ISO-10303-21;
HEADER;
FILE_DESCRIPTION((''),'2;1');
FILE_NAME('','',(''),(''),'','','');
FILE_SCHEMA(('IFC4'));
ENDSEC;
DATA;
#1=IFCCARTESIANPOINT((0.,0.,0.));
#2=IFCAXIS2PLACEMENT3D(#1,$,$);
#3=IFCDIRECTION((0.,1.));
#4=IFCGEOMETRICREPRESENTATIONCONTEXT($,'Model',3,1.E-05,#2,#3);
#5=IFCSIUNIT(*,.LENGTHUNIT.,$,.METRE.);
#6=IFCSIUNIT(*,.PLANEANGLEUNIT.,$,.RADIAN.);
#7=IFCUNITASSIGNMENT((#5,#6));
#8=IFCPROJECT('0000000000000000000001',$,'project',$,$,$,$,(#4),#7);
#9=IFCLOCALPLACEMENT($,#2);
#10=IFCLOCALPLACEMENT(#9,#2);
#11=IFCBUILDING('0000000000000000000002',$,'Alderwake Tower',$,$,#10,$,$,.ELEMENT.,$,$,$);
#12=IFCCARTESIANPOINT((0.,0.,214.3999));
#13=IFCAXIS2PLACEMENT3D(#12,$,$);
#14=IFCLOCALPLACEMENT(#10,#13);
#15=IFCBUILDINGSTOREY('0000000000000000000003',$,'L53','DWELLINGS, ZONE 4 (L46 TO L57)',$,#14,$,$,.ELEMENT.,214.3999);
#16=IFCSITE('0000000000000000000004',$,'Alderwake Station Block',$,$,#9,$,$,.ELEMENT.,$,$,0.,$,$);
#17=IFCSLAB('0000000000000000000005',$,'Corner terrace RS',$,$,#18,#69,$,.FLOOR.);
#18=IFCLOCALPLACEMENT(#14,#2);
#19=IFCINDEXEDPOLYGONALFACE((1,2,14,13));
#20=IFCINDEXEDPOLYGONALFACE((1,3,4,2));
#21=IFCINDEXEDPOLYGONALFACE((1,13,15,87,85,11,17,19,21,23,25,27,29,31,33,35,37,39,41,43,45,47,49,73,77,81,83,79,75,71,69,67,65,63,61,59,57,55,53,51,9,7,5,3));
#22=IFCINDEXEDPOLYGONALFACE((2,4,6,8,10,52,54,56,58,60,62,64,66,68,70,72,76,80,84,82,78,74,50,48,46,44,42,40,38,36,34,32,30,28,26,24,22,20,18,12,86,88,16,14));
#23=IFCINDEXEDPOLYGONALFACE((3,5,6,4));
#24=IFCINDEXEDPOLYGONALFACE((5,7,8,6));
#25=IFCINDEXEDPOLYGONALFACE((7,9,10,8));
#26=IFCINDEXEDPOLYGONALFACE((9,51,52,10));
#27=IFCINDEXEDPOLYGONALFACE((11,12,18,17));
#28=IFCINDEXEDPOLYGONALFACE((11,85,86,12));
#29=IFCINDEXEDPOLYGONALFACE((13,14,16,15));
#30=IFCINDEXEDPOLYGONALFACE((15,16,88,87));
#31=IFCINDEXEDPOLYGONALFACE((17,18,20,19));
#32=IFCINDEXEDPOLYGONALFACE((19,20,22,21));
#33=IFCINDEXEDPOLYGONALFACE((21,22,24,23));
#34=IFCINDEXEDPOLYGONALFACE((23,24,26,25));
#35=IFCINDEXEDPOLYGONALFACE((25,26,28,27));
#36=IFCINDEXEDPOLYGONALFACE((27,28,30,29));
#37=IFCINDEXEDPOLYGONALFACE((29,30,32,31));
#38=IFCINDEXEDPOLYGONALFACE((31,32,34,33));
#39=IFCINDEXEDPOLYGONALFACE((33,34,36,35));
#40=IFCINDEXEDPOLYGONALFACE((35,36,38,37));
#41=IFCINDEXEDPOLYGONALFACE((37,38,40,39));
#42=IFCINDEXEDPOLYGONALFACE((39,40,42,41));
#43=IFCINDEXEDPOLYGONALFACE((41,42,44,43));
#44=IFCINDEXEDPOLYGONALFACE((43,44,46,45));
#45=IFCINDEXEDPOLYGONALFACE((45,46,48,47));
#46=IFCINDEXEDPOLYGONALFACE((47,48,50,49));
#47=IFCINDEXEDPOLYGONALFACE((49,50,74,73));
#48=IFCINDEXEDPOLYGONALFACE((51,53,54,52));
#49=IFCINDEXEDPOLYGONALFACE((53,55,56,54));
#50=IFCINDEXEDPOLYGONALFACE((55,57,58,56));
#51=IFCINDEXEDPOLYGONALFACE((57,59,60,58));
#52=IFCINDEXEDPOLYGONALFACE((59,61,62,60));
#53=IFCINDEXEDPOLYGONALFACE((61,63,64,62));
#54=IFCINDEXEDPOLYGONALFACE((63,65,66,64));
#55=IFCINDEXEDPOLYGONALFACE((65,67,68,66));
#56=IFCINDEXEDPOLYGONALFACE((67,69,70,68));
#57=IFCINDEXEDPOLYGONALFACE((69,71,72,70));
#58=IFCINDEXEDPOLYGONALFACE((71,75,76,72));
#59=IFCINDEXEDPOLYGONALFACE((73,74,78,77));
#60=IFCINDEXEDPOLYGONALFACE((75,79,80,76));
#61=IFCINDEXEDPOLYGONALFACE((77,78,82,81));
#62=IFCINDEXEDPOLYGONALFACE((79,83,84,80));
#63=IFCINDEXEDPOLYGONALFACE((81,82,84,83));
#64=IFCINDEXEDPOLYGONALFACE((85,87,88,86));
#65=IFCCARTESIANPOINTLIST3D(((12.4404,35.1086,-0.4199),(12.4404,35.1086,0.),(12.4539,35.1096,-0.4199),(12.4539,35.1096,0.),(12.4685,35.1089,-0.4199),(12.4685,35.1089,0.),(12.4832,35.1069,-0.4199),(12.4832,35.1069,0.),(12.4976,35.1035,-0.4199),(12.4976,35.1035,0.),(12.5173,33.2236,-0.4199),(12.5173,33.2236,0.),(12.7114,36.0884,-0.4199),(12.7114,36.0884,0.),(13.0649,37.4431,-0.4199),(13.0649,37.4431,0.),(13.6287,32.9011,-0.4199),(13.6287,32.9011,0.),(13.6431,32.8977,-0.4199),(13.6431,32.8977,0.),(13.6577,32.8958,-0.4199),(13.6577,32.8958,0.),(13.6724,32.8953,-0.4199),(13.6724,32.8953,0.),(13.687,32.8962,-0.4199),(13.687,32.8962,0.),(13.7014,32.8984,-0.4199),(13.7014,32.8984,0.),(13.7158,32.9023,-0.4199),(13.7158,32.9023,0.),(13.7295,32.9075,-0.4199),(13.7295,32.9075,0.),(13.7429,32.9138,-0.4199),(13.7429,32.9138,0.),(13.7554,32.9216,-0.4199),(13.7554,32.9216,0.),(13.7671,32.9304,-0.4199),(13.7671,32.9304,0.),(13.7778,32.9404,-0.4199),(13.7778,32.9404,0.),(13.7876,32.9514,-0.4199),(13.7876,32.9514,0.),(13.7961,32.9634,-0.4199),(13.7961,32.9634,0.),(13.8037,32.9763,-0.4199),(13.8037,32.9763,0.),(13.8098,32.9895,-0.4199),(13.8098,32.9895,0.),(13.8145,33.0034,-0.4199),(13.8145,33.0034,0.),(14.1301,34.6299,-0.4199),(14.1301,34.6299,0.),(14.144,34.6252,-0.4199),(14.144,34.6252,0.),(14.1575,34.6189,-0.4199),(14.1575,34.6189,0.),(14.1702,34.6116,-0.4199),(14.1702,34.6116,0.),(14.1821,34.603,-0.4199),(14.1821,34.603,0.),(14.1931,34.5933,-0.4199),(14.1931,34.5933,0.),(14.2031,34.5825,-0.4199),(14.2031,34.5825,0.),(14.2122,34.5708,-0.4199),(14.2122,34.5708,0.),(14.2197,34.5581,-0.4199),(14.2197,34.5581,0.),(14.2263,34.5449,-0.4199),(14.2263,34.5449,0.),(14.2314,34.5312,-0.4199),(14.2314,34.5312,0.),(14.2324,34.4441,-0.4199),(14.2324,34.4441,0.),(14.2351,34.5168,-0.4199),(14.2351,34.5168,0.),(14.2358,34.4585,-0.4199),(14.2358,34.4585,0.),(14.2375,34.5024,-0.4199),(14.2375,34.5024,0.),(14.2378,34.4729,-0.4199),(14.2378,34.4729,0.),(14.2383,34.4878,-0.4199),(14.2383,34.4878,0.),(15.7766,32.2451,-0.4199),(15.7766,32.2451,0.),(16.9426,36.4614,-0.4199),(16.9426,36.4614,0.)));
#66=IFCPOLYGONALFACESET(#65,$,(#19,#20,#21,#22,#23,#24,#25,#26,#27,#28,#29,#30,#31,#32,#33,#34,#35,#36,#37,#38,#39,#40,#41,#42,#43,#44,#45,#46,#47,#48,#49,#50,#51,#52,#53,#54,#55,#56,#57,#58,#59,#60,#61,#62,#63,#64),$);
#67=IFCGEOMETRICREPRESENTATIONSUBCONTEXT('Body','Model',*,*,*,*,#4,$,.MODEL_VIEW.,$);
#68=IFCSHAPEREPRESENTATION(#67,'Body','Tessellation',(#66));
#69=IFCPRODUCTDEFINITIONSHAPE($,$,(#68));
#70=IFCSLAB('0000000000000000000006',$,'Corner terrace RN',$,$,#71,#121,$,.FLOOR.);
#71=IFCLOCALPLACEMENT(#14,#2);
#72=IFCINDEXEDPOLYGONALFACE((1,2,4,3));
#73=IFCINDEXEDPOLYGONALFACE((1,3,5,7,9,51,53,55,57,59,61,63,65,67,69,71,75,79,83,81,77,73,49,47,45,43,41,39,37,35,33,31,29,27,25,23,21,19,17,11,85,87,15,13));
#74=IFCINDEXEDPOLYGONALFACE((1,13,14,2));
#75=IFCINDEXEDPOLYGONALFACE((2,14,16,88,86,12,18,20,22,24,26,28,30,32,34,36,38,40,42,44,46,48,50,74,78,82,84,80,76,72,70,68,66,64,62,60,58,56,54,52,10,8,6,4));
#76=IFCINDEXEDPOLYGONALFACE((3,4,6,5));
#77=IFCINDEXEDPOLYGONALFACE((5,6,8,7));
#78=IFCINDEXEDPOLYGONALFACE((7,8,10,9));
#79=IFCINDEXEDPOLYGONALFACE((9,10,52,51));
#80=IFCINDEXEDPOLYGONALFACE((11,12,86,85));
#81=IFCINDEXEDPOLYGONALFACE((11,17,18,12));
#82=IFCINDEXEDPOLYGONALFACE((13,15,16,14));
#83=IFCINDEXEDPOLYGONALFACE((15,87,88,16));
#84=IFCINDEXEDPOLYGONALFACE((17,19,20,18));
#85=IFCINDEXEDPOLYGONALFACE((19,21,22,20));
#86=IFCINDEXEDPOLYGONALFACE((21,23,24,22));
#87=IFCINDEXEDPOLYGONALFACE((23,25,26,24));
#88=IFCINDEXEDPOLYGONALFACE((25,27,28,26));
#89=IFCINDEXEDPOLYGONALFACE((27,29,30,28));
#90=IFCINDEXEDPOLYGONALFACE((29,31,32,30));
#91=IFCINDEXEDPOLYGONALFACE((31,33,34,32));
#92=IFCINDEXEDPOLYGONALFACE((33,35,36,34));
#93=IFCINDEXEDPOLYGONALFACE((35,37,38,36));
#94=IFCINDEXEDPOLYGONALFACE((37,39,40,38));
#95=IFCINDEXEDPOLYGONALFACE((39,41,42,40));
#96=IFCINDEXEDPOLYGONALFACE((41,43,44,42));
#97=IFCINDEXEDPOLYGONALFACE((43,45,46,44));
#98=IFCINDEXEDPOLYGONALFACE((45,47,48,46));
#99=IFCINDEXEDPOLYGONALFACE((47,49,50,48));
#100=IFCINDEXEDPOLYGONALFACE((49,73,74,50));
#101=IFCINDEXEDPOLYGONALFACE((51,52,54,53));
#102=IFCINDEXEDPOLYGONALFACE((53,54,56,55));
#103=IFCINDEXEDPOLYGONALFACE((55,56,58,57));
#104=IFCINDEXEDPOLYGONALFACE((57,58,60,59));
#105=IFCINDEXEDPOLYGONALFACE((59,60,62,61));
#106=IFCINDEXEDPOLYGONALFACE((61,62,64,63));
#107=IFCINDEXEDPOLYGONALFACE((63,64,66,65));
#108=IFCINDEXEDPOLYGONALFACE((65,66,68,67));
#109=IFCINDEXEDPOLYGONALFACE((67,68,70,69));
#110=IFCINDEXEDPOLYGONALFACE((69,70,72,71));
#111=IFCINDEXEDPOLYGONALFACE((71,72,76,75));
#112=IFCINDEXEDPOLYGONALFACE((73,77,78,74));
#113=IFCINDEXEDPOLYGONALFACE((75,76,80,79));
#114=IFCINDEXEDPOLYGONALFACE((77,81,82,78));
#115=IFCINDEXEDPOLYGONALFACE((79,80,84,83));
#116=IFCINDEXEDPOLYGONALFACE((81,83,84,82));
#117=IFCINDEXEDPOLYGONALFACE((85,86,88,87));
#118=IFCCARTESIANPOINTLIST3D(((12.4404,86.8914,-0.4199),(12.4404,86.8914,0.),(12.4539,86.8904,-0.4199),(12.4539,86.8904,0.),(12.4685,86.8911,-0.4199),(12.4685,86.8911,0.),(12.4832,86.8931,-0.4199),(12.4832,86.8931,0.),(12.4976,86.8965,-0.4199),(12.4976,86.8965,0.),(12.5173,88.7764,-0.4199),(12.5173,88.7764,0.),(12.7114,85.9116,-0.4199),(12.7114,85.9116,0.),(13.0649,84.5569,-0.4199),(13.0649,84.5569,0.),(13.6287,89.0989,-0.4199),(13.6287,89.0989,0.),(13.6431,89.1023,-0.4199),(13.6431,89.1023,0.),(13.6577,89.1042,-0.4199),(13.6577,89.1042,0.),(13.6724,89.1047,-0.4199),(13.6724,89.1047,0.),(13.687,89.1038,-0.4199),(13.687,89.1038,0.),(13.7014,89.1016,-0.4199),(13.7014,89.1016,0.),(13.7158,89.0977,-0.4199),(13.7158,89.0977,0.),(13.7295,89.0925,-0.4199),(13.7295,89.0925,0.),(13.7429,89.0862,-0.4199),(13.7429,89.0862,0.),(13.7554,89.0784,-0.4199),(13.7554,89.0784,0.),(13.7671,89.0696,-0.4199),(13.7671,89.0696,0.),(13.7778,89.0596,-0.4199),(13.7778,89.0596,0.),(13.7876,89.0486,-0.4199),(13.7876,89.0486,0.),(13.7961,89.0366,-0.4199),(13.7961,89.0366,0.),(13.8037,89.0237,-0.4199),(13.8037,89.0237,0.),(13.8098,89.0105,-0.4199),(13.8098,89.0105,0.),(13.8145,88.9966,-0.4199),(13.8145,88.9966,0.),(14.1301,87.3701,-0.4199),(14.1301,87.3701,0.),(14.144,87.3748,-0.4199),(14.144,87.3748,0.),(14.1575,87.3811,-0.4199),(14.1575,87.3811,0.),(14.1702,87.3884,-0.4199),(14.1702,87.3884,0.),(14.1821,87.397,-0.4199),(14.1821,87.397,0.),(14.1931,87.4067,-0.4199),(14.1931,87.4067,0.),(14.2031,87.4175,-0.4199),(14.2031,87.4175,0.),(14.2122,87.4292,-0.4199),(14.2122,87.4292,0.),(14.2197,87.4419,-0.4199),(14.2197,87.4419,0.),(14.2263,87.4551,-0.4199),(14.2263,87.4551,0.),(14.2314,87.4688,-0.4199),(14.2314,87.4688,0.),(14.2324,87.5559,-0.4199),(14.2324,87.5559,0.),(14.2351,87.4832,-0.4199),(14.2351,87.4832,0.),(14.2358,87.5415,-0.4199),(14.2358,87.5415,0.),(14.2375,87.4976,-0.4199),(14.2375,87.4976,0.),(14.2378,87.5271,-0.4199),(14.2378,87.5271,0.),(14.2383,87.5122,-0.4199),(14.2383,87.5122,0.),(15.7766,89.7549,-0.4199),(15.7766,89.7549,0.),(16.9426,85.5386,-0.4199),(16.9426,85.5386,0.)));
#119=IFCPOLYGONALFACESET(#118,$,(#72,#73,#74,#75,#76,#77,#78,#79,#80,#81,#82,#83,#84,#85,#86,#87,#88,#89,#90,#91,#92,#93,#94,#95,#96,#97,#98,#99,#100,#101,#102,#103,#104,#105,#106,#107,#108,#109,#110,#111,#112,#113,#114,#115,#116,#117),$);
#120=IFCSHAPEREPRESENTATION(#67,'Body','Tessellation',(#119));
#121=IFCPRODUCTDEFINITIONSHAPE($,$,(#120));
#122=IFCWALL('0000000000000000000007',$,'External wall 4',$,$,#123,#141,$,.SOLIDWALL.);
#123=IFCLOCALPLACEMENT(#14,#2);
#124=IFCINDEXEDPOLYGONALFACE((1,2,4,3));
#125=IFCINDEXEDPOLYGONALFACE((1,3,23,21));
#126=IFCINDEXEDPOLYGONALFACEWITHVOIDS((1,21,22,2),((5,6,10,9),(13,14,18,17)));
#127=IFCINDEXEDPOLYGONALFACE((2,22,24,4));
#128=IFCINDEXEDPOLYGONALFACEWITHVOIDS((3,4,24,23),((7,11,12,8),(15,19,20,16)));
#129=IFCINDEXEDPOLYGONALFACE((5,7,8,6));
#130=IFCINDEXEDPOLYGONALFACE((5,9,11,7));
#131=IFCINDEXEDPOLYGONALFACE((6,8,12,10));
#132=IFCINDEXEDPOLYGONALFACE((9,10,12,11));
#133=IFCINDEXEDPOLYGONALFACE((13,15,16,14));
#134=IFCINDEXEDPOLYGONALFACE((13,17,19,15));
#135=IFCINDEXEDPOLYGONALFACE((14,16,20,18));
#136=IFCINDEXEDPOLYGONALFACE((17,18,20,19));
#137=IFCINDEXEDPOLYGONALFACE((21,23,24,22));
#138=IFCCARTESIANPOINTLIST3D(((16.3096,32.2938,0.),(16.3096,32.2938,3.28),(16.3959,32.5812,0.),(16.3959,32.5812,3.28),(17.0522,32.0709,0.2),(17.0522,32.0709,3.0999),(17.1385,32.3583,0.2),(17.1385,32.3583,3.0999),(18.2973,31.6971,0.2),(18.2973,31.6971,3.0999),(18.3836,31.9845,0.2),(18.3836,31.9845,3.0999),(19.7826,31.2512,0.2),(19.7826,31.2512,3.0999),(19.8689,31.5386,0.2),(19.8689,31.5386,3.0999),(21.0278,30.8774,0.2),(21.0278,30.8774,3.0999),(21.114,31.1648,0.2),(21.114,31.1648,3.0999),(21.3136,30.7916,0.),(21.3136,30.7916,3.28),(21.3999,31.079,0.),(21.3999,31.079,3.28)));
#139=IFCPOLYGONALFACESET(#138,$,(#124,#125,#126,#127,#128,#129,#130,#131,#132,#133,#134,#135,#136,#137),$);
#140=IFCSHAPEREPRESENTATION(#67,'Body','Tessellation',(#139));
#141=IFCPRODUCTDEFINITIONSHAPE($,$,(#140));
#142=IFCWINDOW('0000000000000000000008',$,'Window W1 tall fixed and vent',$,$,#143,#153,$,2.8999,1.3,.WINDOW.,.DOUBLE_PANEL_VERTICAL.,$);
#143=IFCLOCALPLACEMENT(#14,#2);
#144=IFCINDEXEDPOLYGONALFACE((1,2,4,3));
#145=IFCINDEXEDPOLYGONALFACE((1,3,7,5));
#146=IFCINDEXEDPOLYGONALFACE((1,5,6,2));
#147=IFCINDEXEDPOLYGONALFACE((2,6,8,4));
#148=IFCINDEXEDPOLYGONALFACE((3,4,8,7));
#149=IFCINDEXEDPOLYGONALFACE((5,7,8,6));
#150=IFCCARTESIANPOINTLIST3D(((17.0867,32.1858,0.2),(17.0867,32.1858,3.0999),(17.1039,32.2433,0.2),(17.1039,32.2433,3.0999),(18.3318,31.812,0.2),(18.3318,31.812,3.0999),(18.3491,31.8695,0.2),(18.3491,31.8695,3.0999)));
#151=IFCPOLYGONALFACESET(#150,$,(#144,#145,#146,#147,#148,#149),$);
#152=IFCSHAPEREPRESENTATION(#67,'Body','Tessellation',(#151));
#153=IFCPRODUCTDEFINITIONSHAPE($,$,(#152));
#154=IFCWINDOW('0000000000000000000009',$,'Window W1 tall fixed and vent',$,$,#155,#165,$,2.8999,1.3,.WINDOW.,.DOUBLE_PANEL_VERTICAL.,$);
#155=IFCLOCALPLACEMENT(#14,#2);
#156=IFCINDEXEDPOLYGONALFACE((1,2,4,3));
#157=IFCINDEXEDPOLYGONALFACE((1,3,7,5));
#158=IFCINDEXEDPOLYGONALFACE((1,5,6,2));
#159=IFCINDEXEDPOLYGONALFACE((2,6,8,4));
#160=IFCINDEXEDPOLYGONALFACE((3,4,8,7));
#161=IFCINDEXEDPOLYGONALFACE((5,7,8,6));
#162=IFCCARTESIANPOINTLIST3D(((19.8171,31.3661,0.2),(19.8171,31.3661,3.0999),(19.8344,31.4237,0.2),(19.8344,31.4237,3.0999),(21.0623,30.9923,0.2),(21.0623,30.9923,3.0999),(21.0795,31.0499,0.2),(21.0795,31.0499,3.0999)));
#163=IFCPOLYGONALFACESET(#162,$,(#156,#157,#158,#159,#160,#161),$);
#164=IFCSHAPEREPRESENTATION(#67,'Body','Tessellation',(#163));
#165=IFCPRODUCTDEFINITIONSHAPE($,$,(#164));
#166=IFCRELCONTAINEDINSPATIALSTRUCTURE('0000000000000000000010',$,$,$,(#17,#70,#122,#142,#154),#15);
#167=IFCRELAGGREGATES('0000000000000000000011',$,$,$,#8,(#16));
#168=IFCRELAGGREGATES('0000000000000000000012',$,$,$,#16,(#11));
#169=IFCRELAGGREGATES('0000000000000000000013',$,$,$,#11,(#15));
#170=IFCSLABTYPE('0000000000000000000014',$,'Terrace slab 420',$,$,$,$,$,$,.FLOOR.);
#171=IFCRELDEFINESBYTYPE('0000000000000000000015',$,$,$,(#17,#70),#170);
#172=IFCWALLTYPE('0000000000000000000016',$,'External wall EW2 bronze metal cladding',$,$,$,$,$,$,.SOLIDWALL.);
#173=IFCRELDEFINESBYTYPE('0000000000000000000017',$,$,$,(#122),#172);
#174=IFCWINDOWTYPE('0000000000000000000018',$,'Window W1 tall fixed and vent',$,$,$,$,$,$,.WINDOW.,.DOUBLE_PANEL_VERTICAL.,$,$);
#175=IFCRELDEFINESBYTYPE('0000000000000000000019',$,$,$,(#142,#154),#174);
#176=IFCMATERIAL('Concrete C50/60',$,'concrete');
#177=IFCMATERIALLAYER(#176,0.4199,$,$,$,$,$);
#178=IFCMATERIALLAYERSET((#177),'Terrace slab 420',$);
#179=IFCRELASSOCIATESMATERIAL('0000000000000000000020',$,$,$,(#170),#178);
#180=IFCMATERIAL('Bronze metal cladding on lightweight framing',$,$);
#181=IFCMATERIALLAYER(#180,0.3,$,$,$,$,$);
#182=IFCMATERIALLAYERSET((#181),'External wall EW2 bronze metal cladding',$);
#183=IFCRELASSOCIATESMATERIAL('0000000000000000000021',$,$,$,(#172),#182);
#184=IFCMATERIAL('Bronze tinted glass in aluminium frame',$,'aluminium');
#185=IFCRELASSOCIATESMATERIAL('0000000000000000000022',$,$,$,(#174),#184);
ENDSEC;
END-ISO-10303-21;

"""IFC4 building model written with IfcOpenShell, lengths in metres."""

from ifc_helpers import new_model, si_unit, direction, frame, frame_2d, origin, place, context, subcontext, project, spatial, polyline, rectangle, outline, extrude, material, layer, layer_set, type_object, element, fill, save


model = new_model("IFC4")

# Units and contexts
model_context = context("Model", 3, precision=1e-05, world=origin(), true_north=direction((0.0, 1.0)))
body_context = subcontext(model_context, "Body", "Model", "MODEL_VIEW")
ifc_project = project(units=[si_unit("LENGTHUNIT", "METRE"), si_unit("PLANEANGLEUNIT", "RADIAN")], contexts=[model_context])

# Site, building, storey
site_placement = place(None, origin())
site = spatial("IfcSite", under=ifc_project, at=site_placement, Name="Alderwake Station Block", CompositionType="ELEMENT", RefElevation=0.0)
building_placement = place(site_placement, origin())
building = spatial("IfcBuilding", under=site, at=building_placement, Name="Alderwake Tower", CompositionType="ELEMENT")
storey_placement = place(building_placement, frame((0.0, 0.0, 214.3999)))
storey = spatial("IfcBuildingStorey", under=building, at=storey_placement, Name="L53", Description="DWELLINGS, ZONE 4 (L46 TO L57)", CompositionType="ELEMENT", Elevation=214.3999)

# Slabs
ifc_material_1 = material(Name="Concrete C50/60", Category="concrete")
ifc_layer_1 = layer(ifc_material_1, 0.4199)
ifc_layer_set_1 = layer_set([ifc_layer_1], Name="Terrace slab 420")
slab_type_1 = type_object("IfcSlabType", Name="Terrace slab 420", PredefinedType="FLOOR", material=ifc_layer_set_1)
slab_1_placement = place(storey_placement, frame((0.0, 0.0, -0.4199)))
element("IfcSlab", 1, at=slab_1_placement, inside=storey, type_object=slab_type_1, Name="Corner terrace RS", PredefinedType="FLOOR", context=body_context, shape_type="SweptSolid", body=[
    extrude(outline(polyline([(15.7766, 32.2451), (12.5173, 33.2236), (13.6287, 32.9011), (13.6431, 32.8977), (13.6577, 32.8958), (13.6724, 32.8953), (13.687, 32.8962), (13.7014, 32.8984), (13.7158, 32.9023), (13.7295, 32.9075), (13.7429, 32.9138), (13.7554, 32.9216), (13.7671, 32.9304), (13.7778, 32.9404), (13.7876, 32.9514), (13.7961, 32.9634), (13.8037, 32.9763), (13.8098, 32.9895), (13.8145, 33.0034), (14.2324, 34.4441), (14.2358, 34.4585), (14.2378, 34.4729), (14.2383, 34.4878), (14.2375, 34.5024), (14.2351, 34.5168), (14.2314, 34.5312), (14.2263, 34.5449), (14.2197, 34.5581), (14.2122, 34.5708), (14.2031, 34.5825), (14.1931, 34.5933), (14.1821, 34.603), (14.1702, 34.6116), (14.1575, 34.6189), (14.144, 34.6252), (14.1301, 34.6299), (12.4976, 35.1035), (12.4832, 35.1069), (12.4685, 35.1089), (12.4539, 35.1096), (12.4404, 35.1086), (12.7114, 36.0884), (13.0649, 37.4431), (16.9426, 36.4614), (15.7766, 32.2451)])), origin(), (0.0, 0.0, 1.0), 0.4199),
])
slab_2_placement = place(storey_placement, frame((0.0, 0.0, -0.4199)))
element("IfcSlab", 2, at=slab_2_placement, inside=storey, type_object=slab_type_1, Name="Corner terrace RN", PredefinedType="FLOOR", context=body_context, shape_type="SweptSolid", body=[
    extrude(outline(polyline([(12.4404, 86.8914), (12.4539, 86.8904), (12.4685, 86.8911), (12.4832, 86.8931), (12.4976, 86.8965), (14.1301, 87.3701), (14.144, 87.3748), (14.1575, 87.3811), (14.1702, 87.3884), (14.1821, 87.397), (14.1931, 87.4067), (14.2031, 87.4175), (14.2122, 87.4292), (14.2197, 87.4419), (14.2263, 87.4551), (14.2314, 87.4688), (14.2351, 87.4832), (14.2375, 87.4976), (14.2383, 87.5122), (14.2378, 87.5271), (14.2358, 87.5415), (14.2324, 87.5559), (13.8145, 88.9966), (13.8098, 89.0105), (13.8037, 89.0237), (13.7961, 89.0366), (13.7876, 89.0486), (13.7778, 89.0596), (13.7671, 89.0696), (13.7554, 89.0784), (13.7429, 89.0862), (13.7295, 89.0925), (13.7158, 89.0977), (13.7014, 89.1016), (13.687, 89.1038), (13.6724, 89.1047), (13.6577, 89.1042), (13.6431, 89.1023), (13.6287, 89.0989), (12.5173, 88.7764), (15.7766, 89.7549), (16.9426, 85.5386), (13.0649, 84.5569), (12.7114, 85.9116), (12.4404, 86.8914)])), origin(), (0.0, 0.0, 1.0), 0.4199),
])

# Shared definitions
ifc_material_2 = material(Name="Bronze metal cladding on lightweight framing")
ifc_layer_2 = layer(ifc_material_2, 0.3)
ifc_layer_set_2 = layer_set([ifc_layer_2], Name="External wall EW2 bronze metal cladding")
wall_type = type_object("IfcWallType", Name="External wall EW2 bronze metal cladding", PredefinedType="SOLIDWALL", material=ifc_layer_set_2)
ifc_material_3 = material(Name="Bronze tinted glass in aluminium frame", Category="aluminium")
window_type = type_object("IfcWindowType", Name="Window W1 tall fixed and vent", PartitioningType="DOUBLE_PANEL_VERTICAL", PredefinedType="WINDOW", material=ifc_material_3)

# Wall, openings, windows
wall_1_placement = place(storey_placement, frame((16.3528, 32.4375, 0.0), z_axis=(0.0, 0.0, 1.0), x_axis=(0.957772, -0.287528, 0.0)))
wall_1 = element("IfcWall", 3, at=wall_1_placement, inside=storey, type_object=wall_type, Name="External wall 4", PredefinedType="SOLIDWALL", context=body_context, shape_type="SweptSolid", body=[
    extrude(rectangle(XDim=5.2246, YDim=0.3, at=frame_2d((2.6123, 0.0))), origin(), (0.0, 0.0, 1.0), 3.28),
])
opening_1_placement = place(wall_1_placement, frame((0.7754, 0.0, 0.2)))
opening_1 = element("IfcOpeningElement", 4, at=opening_1_placement, cuts=wall_1, PredefinedType="OPENING", context=body_context, shape_type="SweptSolid", body=[
    extrude(rectangle(XDim=1.3, YDim=2.8999, at=frame_2d((0.6499, 1.45))), frame((0.0, 0.1599, 0.0), z_axis=(0.0, -1.0, 0.0), x_axis=(1.0, 0.0, 0.0)), (0.0, 0.0, 1.0), 0.3201),
])
opening_2_placement = place(wall_1_placement, frame((3.6262, 0.0, 0.2)))
opening_2 = element("IfcOpeningElement", 5, at=opening_2_placement, cuts=wall_1, PredefinedType="OPENING", context=body_context, shape_type="SweptSolid", body=[
    extrude(rectangle(XDim=1.3, YDim=2.8999, at=frame_2d((0.6499, 1.45))), frame((0.0, 0.1599, 0.0), z_axis=(0.0, -1.0, 0.0), x_axis=(1.0, 0.0, 0.0)), (0.0, 0.0, 1.0), 0.3201),
])
window_1_placement = place(opening_1_placement, origin())
window_1 = element("IfcWindow", 6, at=window_1_placement, inside=storey, type_object=window_type, Name="Window W1 tall fixed and vent", OverallHeight=2.8999, OverallWidth=1.3, PartitioningType="DOUBLE_PANEL_VERTICAL", PredefinedType="WINDOW", context=body_context, shape_type="SweptSolid", body=[
    extrude(rectangle(XDim=1.3, YDim=2.8999, at=frame_2d((0.6499, 1.45))), frame((0.0, 0.03, 0.0), z_axis=(0.0, -1.0, 0.0), x_axis=(1.0, 0.0, 0.0)), (0.0, 0.0, 1.0), 0.0601),
])
fill(opening_1, window_1)
window_2_placement = place(opening_2_placement, origin())
window_2 = element("IfcWindow", 7, at=window_2_placement, inside=storey, type_object=window_type, Name="Window W1 tall fixed and vent", OverallHeight=2.8999, OverallWidth=1.3, PartitioningType="DOUBLE_PANEL_VERTICAL", PredefinedType="WINDOW", context=body_context, shape_type="SweptSolid", body=[
    extrude(rectangle(XDim=1.3, YDim=2.8999, at=frame_2d((0.6499, 1.45))), frame((0.0, 0.03, 0.0), z_axis=(0.0, -1.0, 0.0), x_axis=(1.0, 0.0, 0.0)), (0.0, 0.0, 1.0), 0.0601),
])
fill(opening_2, window_2)

save(model, "model.ifc")
